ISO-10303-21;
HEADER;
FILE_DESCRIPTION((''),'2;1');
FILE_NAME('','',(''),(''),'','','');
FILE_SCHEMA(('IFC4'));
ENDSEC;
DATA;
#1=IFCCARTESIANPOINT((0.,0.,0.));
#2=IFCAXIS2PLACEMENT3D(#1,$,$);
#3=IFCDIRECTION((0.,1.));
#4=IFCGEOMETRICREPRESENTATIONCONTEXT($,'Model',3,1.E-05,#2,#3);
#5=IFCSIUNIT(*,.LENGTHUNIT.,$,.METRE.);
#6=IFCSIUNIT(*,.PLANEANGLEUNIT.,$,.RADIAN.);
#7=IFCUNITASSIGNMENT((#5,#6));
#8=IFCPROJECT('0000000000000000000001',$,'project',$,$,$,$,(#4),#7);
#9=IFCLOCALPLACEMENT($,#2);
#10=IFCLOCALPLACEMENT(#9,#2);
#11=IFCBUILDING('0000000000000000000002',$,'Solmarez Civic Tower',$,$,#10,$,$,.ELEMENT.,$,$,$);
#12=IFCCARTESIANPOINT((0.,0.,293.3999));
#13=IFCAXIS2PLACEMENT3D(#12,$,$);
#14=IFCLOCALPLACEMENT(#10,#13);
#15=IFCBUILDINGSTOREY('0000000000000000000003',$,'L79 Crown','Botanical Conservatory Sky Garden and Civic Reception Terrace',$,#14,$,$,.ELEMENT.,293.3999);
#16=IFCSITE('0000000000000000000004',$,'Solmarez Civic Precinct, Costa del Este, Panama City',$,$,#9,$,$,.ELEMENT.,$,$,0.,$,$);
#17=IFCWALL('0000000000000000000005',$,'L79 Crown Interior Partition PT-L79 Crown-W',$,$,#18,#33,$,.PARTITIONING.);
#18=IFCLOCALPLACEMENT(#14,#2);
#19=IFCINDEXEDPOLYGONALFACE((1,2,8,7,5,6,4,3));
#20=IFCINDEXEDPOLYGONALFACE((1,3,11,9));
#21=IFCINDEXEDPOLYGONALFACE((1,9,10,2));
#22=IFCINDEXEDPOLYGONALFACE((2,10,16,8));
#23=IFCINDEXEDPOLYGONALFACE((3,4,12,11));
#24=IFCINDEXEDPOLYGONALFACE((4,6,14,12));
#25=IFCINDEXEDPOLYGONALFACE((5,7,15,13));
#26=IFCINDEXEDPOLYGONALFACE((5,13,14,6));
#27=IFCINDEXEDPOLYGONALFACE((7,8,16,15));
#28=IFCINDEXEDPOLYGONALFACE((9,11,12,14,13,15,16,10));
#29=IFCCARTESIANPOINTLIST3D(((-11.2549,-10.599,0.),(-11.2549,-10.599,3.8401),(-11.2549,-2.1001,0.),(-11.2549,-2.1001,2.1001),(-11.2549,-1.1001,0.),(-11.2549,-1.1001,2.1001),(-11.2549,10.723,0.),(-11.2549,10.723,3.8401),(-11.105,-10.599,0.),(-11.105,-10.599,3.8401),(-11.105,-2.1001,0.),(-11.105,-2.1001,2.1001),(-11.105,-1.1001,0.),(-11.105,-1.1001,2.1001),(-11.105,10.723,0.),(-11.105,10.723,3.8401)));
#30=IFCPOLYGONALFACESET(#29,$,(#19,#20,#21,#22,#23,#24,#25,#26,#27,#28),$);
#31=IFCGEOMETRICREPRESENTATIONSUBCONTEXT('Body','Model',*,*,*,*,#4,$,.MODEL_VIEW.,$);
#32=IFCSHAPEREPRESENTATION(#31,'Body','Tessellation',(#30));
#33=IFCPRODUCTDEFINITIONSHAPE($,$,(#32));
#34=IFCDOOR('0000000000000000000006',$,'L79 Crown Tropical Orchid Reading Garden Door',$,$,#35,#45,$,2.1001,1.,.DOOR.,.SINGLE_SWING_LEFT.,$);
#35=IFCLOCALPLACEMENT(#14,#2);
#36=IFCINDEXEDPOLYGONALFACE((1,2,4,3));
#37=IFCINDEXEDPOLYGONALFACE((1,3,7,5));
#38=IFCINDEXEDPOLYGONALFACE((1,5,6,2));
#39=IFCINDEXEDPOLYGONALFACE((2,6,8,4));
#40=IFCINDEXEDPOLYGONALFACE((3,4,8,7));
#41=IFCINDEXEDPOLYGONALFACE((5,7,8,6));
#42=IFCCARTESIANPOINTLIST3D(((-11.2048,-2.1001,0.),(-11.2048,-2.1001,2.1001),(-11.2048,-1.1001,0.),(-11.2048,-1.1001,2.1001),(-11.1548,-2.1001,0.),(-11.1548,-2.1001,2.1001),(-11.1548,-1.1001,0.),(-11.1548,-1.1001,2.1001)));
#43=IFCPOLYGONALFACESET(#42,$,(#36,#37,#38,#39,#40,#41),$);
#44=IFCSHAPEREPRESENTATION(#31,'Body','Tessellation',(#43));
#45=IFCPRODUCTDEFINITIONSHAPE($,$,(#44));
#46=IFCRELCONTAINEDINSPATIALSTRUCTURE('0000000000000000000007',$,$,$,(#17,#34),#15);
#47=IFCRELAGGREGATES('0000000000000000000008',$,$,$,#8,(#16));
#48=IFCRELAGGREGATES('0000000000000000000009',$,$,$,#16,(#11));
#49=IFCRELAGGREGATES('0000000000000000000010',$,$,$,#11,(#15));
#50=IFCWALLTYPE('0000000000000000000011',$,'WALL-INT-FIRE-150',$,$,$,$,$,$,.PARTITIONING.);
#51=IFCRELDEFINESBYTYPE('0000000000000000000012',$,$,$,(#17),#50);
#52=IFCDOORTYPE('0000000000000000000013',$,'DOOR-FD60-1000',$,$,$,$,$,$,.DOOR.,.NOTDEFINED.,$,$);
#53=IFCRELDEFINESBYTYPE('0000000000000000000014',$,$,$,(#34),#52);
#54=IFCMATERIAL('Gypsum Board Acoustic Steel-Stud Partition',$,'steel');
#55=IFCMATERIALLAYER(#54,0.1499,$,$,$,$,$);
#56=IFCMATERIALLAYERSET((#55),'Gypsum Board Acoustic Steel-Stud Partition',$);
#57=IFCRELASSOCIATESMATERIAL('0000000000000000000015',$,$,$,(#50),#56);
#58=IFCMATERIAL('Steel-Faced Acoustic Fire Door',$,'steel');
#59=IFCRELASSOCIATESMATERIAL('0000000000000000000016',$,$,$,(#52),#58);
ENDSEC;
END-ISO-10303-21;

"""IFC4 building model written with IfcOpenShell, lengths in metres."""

from ifc_helpers import new_model, si_unit, direction, frame, frame_2d, origin, place, context, subcontext, project, spatial, rectangle, extrude, material, layer, layer_set, type_object, element, fill, save


model = new_model("IFC4")

# Units and contexts
model_context = context("Model", 3, precision=1e-05, world=origin(), true_north=direction((0.0, 1.0)))
body_context = subcontext(model_context, "Body", "Model", "MODEL_VIEW")
ifc_project = project(units=[si_unit("LENGTHUNIT", "METRE"), si_unit("PLANEANGLEUNIT", "RADIAN")], contexts=[model_context])

# Site, building, storey
site_placement = place(None, origin())
site = spatial("IfcSite", under=ifc_project, at=site_placement, Name="Solmarez Civic Precinct, Costa del Este, Panama City", CompositionType="ELEMENT", RefElevation=0.0)
building_placement = place(site_placement, origin())
building = spatial("IfcBuilding", under=site, at=building_placement, Name="Solmarez Civic Tower", CompositionType="ELEMENT")
storey_placement = place(building_placement, frame((0.0, 0.0, 293.3999)))
storey = spatial("IfcBuildingStorey", under=building, at=storey_placement, Name="L79 Crown", Description="Botanical Conservatory Sky Garden and Civic Reception Terrace", CompositionType="ELEMENT", Elevation=293.3999)

# Shared definitions
ifc_material_1 = material(Name="Gypsum Board Acoustic Steel-Stud Partition", Category="steel")
ifc_layer_1 = layer(ifc_material_1, 0.1499)
ifc_layer_set_1 = layer_set([ifc_layer_1], Name="Gypsum Board Acoustic Steel-Stud Partition")
wall_type_1 = type_object("IfcWallType", Name="WALL-INT-FIRE-150", PredefinedType="PARTITIONING", material=ifc_layer_set_1)

# Wall, opening, door
wall_1_placement = place(storey_placement, frame((-11.1799, -10.5991, 0.0), z_axis=(0.0, 0.0, 1.0), x_axis=(0.0, 1.0, 0.0)))
wall_1 = element("IfcWall", 1, at=wall_1_placement, inside=storey, type_object=wall_type_1, Name="L79 Crown Interior Partition PT-L79 Crown-W", PredefinedType="PARTITIONING", context=body_context, shape_type="SweptSolid", body=[
    extrude(rectangle(XDim=21.322, YDim=0.1499, at=frame_2d((10.6611, 0.0))), origin(), (0.0, 0.0, 1.0), 3.8401),
])
opening_1_placement = place(wall_1_placement, frame((8.499, 0.0, 0.0)))
opening_1 = element("IfcOpeningElement", 2, at=opening_1_placement, cuts=wall_1, PredefinedType="OPENING", context=body_context, shape_type="SweptSolid", body=[
    extrude(rectangle(XDim=1.0, YDim=2.1001, at=frame_2d((0.5, 1.05))), frame((0.0, 0.085, 0.0), z_axis=(0.0, -1.0, 0.0), x_axis=(1.0, 0.0, 0.0)), (0.0, 0.0, 1.0), 0.1699),
])
ifc_material_2 = material(Name="Steel-Faced Acoustic Fire Door", Category="steel")
door_type = type_object("IfcDoorType", Name="DOOR-FD60-1000", OperationType="NOTDEFINED", PredefinedType="DOOR", material=ifc_material_2)
door_placement = place(opening_1_placement, origin())
door = element("IfcDoor", 3, at=door_placement, inside=storey, type_object=door_type, Name="L79 Crown Tropical Orchid Reading Garden Door", OperationType="SINGLE_SWING_LEFT", OverallHeight=2.1001, OverallWidth=1.0, PredefinedType="DOOR", context=body_context, shape_type="SweptSolid", body=[
    extrude(rectangle(XDim=1.0, YDim=2.1001, at=frame_2d((0.5, 1.05))), frame((0.0, 0.0249, 0.0), z_axis=(0.0, -1.0, 0.0), x_axis=(1.0, 0.0, 0.0)), (0.0, 0.0, 1.0), 0.05),
])
fill(opening_1, door)

save(model, "model.ifc")
